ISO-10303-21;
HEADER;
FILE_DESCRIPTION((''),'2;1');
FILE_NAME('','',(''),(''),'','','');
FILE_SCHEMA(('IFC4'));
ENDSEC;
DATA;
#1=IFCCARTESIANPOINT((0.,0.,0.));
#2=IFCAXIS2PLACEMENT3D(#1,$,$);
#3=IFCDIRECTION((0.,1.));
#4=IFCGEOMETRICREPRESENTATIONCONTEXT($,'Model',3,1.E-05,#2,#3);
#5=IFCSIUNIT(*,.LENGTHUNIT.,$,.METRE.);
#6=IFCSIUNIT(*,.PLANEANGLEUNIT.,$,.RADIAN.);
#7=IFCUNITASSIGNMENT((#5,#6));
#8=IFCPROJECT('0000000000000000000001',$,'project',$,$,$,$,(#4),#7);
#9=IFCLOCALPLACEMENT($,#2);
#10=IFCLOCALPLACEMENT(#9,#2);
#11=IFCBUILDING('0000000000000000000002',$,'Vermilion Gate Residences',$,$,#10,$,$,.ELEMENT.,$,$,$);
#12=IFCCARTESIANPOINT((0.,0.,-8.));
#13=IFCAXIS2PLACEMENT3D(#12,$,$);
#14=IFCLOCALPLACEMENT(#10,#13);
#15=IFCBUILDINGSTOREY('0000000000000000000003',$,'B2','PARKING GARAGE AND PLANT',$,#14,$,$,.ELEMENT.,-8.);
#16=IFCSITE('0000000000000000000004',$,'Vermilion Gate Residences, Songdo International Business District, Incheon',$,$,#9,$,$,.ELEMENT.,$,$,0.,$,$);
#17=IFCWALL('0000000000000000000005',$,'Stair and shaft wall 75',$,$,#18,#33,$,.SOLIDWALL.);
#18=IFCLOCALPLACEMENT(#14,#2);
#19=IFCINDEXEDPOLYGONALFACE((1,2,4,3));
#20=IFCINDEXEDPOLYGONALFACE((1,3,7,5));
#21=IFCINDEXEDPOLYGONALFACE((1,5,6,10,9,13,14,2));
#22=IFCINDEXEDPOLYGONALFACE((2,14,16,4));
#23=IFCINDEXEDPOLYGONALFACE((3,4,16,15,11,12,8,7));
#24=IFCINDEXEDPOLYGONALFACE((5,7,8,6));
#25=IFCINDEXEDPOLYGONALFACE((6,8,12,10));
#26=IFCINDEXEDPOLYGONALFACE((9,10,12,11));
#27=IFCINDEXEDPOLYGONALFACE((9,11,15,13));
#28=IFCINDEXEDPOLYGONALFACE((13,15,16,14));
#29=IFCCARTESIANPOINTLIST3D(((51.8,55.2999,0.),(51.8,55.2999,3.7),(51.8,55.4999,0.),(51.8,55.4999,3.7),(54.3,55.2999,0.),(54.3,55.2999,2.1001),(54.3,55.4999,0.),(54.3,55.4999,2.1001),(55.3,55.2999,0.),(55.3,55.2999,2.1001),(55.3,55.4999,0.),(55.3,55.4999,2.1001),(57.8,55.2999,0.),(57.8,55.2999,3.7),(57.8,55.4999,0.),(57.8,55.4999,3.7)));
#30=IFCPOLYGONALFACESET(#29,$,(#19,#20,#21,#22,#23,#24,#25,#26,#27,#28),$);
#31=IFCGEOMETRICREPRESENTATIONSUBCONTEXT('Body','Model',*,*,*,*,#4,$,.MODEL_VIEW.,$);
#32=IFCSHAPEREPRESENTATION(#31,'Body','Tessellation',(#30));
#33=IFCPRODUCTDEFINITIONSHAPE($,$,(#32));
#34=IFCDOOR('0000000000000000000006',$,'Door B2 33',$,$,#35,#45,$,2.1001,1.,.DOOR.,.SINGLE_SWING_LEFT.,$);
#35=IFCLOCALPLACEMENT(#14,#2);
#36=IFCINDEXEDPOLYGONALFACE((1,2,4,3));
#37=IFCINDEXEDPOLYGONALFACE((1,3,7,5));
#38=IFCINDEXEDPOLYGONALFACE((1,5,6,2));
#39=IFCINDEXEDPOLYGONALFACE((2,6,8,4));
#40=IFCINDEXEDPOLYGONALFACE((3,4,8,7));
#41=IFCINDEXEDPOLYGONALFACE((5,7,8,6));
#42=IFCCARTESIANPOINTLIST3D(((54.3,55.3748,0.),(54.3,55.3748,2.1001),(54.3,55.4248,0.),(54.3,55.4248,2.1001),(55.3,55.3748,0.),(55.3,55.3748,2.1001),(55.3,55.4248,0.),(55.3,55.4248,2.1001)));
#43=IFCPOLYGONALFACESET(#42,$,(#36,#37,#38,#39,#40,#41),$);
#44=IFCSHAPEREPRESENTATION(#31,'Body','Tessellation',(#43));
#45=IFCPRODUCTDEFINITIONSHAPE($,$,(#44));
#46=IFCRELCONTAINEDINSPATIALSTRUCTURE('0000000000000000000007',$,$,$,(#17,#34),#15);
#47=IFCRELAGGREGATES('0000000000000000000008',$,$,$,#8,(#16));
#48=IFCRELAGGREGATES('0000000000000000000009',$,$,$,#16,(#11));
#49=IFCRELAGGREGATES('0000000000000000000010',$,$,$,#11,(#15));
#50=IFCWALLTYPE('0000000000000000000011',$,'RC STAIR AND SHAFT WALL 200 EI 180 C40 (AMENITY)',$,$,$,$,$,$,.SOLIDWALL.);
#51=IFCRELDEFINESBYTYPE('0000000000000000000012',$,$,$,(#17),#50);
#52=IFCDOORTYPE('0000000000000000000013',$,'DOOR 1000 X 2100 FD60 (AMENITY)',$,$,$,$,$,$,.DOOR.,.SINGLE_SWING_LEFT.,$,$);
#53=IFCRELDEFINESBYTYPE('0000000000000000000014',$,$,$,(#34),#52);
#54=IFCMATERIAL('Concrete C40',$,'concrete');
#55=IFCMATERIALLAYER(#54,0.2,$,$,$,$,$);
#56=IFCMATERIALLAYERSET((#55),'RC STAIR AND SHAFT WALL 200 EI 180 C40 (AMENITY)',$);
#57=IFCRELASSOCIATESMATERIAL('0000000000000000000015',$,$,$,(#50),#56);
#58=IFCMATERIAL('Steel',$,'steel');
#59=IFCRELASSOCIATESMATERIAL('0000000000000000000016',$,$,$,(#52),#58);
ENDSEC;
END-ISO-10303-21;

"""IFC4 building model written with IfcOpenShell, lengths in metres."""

from ifc_helpers import new_model, si_unit, direction, frame, frame_2d, origin, place, context, subcontext, project, spatial, rectangle, extrude, material, layer, layer_set, type_object, element, fill, save


model = new_model("IFC4")

# Units and contexts
model_context = context("Model", 3, precision=1e-05, world=origin(), true_north=direction((0.0, 1.0)))
body_context = subcontext(model_context, "Body", "Model", "MODEL_VIEW")
ifc_project = project(units=[si_unit("LENGTHUNIT", "METRE"), si_unit("PLANEANGLEUNIT", "RADIAN")], contexts=[model_context])

# Site, building, storey
site_placement = place(None, origin())
site = spatial("IfcSite", under=ifc_project, at=site_placement, Name="Vermilion Gate Residences, Songdo International Business District, Incheon", CompositionType="ELEMENT", RefElevation=0.0)
building_placement = place(site_placement, origin())
building = spatial("IfcBuilding", under=site, at=building_placement, Name="Vermilion Gate Residences", CompositionType="ELEMENT")
storey_placement = place(building_placement, frame((0.0, 0.0, -8.0)))
storey = spatial("IfcBuildingStorey", under=building, at=storey_placement, Name="B2", Description="PARKING GARAGE AND PLANT", CompositionType="ELEMENT", Elevation=-8.0)

# Wall, opening, door
ifc_material_1 = material(Name="Concrete C40", Category="concrete")
ifc_layer_1 = layer(ifc_material_1, 0.2)
ifc_layer_set_1 = layer_set([ifc_layer_1], Name="RC STAIR AND SHAFT WALL 200 EI 180 C40 (AMENITY)")
wall_type_1 = type_object("IfcWallType", Name="RC STAIR AND SHAFT WALL 200 EI 180 C40 (AMENITY)", PredefinedType="SOLIDWALL", material=ifc_layer_set_1)
ifc_material_2 = material(Name="Steel", Category="steel")
door_type_1 = type_object("IfcDoorType", Name="DOOR 1000 X 2100 FD60 (AMENITY)", OperationType="SINGLE_SWING_LEFT", PredefinedType="DOOR", material=ifc_material_2)
wall_1_placement = place(storey_placement, frame((51.8, 55.3999, 0.0), z_axis=(0.0, 0.0, 1.0), x_axis=(1.0, 0.0, 0.0)))
wall_1 = element("IfcWall", 1, at=wall_1_placement, inside=storey, type_object=wall_type_1, Name="Stair and shaft wall 75", PredefinedType="SOLIDWALL", context=body_context, shape_type="SweptSolid", body=[
    extrude(rectangle(XDim=6.0, YDim=0.2, at=frame_2d((3.0, 0.0))), origin(), (0.0, 0.0, 1.0), 3.7),
])
opening_1_placement = place(wall_1_placement, frame((2.5, 0.0, 0.0)))
opening_1 = element("IfcOpeningElement", 2, at=opening_1_placement, cuts=wall_1, PredefinedType="OPENING", context=body_context, shape_type="SweptSolid", body=[
    extrude(rectangle(XDim=1.0, YDim=2.1001, at=frame_2d((0.5, 1.05))), frame((0.0, 0.1099, 0.0), z_axis=(0.0, -1.0, 0.0), x_axis=(1.0, 0.0, 0.0)), (0.0, 0.0, 1.0), 0.22),
])
door_1_placement = place(opening_1_placement, origin())
door_1 = element("IfcDoor", 3, at=door_1_placement, inside=storey, type_object=door_type_1, Name="Door B2 33", OperationType="SINGLE_SWING_LEFT", OverallHeight=2.1001, OverallWidth=1.0, PredefinedType="DOOR", context=body_context, shape_type="SweptSolid", body=[
    extrude(rectangle(XDim=1.0, YDim=2.1001, at=frame_2d((0.5, 1.05))), frame((0.0, 0.0249, 0.0), z_axis=(0.0, -1.0, 0.0), x_axis=(1.0, 0.0, 0.0)), (0.0, 0.0, 1.0), 0.05),
])
fill(opening_1, door_1)

save(model, "model.ifc")
